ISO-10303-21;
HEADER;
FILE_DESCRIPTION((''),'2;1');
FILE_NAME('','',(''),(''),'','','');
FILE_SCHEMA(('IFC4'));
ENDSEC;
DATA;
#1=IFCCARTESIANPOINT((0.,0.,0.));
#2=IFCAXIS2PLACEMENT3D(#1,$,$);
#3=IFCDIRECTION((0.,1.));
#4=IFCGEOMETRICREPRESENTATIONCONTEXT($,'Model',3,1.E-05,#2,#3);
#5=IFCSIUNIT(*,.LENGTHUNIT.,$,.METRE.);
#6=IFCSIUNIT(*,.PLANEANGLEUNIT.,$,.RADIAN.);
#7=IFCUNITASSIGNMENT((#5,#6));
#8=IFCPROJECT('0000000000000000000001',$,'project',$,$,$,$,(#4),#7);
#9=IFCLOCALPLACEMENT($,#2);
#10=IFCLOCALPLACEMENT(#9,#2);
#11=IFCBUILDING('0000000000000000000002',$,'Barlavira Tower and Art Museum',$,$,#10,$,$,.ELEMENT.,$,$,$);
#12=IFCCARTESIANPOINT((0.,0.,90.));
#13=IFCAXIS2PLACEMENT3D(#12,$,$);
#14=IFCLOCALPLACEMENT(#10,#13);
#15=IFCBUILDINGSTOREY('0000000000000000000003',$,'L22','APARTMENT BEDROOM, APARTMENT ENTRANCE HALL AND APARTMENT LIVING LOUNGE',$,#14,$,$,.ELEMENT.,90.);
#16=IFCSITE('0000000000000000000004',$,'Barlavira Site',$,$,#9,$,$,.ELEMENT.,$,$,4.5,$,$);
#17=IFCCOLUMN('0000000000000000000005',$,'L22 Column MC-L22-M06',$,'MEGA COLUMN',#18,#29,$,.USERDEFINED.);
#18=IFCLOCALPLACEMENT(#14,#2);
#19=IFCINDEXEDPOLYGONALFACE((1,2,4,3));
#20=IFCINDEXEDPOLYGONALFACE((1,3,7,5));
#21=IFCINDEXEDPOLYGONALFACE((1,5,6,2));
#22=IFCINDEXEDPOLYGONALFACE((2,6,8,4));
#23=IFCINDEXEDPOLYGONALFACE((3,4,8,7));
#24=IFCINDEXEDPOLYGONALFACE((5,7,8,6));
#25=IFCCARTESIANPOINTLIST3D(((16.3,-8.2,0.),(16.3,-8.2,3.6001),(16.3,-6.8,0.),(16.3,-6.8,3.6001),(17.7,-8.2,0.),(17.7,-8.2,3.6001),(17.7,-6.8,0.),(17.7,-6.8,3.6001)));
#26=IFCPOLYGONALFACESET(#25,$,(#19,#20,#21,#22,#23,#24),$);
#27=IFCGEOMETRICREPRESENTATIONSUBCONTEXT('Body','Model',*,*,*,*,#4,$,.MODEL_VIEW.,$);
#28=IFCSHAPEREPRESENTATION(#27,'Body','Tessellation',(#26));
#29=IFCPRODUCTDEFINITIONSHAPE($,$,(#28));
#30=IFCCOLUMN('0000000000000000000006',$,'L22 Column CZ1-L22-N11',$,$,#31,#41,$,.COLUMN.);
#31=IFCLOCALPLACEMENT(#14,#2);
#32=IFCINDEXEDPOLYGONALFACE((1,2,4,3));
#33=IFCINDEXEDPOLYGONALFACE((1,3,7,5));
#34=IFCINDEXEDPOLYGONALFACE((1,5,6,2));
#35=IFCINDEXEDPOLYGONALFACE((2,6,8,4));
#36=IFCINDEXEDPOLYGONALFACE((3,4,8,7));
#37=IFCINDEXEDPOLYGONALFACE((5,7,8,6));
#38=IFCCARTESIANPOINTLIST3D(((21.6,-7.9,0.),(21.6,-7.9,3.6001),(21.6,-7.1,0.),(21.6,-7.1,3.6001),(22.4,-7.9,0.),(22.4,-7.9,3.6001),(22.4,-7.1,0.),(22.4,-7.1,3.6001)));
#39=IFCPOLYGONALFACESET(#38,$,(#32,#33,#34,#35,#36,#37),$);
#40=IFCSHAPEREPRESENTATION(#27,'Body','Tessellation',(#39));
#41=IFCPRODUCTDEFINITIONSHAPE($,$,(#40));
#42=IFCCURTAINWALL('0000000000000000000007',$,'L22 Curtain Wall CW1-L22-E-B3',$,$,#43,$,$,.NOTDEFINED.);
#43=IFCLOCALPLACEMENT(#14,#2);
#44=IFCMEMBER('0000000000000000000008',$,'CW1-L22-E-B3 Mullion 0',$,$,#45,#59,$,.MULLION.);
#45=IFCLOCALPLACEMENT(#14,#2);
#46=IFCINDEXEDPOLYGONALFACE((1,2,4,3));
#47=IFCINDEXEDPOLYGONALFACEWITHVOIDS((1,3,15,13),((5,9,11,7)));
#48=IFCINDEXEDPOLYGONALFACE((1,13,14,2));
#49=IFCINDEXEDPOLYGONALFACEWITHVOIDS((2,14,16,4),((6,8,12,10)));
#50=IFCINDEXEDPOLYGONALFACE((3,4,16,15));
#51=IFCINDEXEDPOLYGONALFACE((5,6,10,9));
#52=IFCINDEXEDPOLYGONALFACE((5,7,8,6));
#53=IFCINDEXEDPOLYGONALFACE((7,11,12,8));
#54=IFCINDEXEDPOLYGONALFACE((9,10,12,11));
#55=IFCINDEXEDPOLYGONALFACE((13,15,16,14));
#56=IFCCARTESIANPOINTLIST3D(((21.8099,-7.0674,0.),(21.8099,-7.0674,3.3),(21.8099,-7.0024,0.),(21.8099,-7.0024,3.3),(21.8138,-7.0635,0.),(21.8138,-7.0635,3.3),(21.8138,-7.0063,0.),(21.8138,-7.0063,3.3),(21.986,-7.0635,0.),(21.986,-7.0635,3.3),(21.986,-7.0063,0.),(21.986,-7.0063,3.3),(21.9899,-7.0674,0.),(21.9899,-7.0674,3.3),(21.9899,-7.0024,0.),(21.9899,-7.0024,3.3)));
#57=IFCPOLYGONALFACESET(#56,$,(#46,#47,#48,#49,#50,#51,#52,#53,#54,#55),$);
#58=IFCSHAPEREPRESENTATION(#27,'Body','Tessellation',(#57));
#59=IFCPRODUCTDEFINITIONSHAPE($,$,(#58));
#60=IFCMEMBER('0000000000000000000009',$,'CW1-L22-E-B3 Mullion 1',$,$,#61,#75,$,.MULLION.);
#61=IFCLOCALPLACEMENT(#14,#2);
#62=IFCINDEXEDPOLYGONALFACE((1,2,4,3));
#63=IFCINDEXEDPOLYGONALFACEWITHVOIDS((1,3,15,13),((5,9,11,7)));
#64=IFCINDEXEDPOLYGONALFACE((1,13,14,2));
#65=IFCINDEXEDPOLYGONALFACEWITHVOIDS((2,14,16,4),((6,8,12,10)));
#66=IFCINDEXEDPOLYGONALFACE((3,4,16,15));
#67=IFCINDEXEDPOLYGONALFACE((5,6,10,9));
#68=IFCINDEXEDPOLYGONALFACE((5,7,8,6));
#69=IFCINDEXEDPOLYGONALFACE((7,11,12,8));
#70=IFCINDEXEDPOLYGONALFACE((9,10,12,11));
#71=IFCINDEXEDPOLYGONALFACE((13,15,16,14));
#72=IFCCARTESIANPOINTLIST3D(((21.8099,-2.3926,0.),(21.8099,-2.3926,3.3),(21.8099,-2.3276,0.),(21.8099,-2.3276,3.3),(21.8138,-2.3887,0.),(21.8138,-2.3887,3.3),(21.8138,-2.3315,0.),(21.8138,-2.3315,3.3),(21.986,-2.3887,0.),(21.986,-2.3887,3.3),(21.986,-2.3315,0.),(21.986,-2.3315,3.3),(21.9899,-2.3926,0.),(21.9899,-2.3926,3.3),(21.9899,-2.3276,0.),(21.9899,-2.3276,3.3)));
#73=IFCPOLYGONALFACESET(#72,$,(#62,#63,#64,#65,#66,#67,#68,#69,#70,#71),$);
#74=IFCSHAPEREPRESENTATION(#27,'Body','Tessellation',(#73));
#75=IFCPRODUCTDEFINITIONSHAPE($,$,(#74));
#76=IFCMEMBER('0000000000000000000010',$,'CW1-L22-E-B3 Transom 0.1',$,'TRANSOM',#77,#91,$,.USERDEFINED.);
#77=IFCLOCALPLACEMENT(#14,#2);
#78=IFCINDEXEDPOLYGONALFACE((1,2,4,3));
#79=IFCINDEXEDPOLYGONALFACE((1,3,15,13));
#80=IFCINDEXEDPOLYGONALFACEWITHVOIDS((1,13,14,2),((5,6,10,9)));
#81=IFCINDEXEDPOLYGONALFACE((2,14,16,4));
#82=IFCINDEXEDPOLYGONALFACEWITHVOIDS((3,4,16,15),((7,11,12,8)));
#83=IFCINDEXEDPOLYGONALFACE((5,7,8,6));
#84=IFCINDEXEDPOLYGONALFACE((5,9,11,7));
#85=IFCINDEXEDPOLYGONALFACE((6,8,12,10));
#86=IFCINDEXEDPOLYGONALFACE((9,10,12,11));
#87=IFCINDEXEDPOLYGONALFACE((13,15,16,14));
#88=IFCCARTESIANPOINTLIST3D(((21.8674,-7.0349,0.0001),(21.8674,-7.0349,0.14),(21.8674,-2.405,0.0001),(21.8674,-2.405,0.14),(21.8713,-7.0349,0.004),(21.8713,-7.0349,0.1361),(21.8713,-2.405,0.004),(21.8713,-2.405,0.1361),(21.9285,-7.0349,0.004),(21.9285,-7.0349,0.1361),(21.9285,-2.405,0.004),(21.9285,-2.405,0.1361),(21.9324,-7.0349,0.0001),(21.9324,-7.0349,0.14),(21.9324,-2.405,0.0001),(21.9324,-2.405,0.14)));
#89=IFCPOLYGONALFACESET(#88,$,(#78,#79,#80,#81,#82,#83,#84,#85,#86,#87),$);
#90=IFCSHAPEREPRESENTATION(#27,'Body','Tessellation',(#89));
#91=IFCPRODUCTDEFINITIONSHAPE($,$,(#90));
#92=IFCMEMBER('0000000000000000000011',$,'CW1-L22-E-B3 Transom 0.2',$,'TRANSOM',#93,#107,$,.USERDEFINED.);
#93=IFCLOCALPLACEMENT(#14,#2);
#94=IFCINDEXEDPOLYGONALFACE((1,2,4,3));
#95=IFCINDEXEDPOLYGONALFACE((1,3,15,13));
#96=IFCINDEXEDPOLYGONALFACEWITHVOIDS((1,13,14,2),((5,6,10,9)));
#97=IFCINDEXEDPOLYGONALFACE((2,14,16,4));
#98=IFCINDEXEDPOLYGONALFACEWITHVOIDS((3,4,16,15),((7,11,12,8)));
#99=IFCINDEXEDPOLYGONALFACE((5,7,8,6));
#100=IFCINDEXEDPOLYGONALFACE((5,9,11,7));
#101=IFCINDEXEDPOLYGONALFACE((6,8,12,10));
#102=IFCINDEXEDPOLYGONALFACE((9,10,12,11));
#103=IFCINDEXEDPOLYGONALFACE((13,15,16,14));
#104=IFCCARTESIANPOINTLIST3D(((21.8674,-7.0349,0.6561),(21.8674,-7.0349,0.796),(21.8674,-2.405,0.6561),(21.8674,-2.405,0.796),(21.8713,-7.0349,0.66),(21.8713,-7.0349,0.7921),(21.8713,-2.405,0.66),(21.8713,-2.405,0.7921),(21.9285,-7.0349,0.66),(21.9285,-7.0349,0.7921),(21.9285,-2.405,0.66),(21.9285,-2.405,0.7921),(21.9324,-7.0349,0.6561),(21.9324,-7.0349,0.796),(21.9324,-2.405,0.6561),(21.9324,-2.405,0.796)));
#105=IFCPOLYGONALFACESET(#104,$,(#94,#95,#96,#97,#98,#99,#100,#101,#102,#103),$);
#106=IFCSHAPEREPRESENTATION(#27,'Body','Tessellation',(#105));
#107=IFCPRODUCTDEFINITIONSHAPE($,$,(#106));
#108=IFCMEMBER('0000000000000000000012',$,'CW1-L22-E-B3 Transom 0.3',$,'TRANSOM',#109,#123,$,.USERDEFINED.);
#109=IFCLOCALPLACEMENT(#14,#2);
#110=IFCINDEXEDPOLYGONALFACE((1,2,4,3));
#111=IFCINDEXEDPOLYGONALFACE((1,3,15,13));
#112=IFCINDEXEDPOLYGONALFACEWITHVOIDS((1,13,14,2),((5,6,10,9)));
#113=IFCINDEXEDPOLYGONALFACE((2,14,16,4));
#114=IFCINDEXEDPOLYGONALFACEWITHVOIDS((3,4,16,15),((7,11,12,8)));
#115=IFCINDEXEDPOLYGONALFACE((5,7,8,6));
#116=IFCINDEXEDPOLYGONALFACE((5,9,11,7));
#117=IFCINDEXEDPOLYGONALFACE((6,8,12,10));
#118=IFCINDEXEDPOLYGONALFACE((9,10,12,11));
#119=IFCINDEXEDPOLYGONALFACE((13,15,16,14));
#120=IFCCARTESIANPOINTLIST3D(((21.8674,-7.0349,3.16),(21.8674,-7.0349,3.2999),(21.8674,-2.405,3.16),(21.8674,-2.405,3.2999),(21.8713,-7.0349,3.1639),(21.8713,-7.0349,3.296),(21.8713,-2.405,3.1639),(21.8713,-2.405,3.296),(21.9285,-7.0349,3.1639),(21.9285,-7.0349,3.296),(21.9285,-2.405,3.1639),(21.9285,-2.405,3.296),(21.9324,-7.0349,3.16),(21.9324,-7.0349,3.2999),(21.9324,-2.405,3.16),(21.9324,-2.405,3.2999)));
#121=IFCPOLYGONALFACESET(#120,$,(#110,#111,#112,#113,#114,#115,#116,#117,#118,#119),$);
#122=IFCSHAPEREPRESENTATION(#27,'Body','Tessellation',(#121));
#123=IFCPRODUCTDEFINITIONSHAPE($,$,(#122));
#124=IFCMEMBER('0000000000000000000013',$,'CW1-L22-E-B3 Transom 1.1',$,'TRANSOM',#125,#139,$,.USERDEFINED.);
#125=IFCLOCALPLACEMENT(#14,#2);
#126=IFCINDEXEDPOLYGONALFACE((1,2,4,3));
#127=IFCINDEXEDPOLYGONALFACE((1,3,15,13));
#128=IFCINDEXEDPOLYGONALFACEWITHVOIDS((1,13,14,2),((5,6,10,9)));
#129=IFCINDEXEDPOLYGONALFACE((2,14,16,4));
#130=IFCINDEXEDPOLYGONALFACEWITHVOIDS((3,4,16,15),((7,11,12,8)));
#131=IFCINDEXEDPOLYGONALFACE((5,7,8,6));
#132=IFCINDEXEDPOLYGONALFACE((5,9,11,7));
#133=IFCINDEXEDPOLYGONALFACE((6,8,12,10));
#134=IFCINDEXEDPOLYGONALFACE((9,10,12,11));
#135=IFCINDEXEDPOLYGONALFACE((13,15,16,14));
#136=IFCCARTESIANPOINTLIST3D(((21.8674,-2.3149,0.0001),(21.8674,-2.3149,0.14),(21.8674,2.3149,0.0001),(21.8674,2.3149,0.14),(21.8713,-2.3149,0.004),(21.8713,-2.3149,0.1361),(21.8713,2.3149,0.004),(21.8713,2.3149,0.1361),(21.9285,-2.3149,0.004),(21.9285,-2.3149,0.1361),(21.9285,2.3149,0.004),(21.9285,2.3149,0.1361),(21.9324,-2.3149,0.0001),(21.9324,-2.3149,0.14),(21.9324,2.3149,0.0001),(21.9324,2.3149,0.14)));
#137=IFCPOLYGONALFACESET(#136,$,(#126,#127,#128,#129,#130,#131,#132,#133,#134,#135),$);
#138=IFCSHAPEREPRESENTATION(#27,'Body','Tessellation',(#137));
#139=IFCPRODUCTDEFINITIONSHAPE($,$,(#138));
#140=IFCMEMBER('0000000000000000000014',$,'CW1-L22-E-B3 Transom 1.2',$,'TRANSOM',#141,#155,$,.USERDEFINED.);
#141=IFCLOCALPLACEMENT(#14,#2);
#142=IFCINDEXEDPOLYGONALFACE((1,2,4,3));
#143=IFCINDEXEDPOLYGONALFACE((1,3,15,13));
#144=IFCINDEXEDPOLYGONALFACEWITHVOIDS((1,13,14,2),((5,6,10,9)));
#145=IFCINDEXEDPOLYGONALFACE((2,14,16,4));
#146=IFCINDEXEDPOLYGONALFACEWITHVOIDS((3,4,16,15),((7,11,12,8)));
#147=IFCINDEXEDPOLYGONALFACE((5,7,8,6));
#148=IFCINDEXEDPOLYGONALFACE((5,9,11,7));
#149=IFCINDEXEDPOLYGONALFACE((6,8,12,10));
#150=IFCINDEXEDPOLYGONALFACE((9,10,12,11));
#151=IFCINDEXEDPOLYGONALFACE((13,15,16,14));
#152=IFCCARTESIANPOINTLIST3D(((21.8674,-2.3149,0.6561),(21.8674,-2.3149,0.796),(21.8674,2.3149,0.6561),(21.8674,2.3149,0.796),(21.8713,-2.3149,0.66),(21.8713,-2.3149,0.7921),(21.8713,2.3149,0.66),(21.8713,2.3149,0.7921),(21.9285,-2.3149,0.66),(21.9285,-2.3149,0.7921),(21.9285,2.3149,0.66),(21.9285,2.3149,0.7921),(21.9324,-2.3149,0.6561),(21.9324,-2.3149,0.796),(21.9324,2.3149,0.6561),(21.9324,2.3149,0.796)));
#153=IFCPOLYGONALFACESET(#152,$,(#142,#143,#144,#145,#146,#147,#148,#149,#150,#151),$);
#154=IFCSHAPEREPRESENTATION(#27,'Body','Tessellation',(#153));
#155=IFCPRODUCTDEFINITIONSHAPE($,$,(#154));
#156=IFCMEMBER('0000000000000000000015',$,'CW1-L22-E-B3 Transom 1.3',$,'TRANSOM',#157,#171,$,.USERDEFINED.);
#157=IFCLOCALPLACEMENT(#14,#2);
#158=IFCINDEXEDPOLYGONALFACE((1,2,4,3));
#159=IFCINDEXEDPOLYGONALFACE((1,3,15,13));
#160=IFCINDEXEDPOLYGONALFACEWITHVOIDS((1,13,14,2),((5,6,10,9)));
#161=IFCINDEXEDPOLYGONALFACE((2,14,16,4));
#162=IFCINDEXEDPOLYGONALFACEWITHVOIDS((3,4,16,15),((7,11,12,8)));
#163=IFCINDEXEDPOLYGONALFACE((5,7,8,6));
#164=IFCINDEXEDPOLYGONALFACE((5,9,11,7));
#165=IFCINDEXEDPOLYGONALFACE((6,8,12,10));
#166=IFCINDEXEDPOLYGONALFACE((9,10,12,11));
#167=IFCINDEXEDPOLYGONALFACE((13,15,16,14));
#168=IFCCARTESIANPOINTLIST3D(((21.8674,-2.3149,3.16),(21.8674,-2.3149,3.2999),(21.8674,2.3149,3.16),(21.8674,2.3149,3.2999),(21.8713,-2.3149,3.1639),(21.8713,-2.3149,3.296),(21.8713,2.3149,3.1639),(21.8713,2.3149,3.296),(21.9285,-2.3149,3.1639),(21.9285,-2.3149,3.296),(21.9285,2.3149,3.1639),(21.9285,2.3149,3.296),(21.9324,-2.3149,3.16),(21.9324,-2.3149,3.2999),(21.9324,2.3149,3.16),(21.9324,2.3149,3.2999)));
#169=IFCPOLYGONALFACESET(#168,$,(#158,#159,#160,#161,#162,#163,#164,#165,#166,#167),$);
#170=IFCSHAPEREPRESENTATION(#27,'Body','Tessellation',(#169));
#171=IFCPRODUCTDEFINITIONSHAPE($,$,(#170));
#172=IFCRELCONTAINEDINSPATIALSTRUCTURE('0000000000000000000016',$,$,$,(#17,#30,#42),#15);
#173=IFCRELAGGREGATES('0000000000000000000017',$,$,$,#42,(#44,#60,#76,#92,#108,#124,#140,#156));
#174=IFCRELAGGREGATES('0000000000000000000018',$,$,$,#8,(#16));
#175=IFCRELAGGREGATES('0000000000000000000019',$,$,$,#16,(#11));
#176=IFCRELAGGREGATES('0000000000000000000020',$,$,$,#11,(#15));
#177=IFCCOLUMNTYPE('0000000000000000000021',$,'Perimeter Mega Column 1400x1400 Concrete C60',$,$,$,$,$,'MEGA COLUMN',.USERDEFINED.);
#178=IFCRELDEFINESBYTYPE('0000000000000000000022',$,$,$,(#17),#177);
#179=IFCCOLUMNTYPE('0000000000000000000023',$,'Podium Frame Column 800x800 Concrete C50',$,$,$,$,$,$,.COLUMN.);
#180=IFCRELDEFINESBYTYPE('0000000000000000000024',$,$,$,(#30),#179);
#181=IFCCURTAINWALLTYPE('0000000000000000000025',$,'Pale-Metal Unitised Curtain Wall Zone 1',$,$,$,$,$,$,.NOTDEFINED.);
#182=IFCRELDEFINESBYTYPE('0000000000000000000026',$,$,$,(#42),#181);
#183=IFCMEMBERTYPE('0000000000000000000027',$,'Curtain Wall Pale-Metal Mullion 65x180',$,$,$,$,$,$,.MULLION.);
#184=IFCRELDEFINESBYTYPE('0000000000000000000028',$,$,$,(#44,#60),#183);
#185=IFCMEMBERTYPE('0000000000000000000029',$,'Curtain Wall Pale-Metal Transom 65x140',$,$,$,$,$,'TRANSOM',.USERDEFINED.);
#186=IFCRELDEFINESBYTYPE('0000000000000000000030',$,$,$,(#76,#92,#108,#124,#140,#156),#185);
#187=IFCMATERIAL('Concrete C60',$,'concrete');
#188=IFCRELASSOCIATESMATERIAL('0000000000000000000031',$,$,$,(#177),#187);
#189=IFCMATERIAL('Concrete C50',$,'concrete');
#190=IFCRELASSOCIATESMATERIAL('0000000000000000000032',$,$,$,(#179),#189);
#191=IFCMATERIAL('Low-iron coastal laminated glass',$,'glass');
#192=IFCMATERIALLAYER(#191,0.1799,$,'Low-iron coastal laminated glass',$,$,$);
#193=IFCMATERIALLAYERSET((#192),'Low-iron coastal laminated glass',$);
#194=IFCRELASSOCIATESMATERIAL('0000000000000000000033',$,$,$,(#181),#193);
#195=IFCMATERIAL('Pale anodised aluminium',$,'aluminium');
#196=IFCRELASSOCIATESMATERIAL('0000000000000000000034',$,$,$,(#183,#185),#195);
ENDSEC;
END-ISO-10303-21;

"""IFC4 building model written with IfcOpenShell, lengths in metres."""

from ifc_helpers import new_model, si_unit, direction, frame, origin, origin_2d, place, context, subcontext, project, spatial, rectangle, hollow_rectangle, extrude, material, layer, layer_set, material_profile, profile_set, type_object, element, aggregate, save


model = new_model("IFC4")

# Units and contexts
model_context = context("Model", 3, precision=1e-05, world=origin(), true_north=direction((0.0, 1.0)))
body_context = subcontext(model_context, "Body", "Model", "MODEL_VIEW")
ifc_project = project(units=[si_unit("LENGTHUNIT", "METRE"), si_unit("PLANEANGLEUNIT", "RADIAN")], contexts=[model_context])

# Site, building, storey
site_placement = place(None, origin())
site = spatial("IfcSite", under=ifc_project, at=site_placement, Name="Barlavira Site", CompositionType="ELEMENT", RefElevation=4.5)
building_placement = place(site_placement, origin())
building = spatial("IfcBuilding", under=site, at=building_placement, Name="Barlavira Tower and Art Museum", CompositionType="ELEMENT")
storey_placement = place(building_placement, frame((0.0, 0.0, 90.0)))
storey = spatial("IfcBuildingStorey", under=building, at=storey_placement, Name="L22", Description="APARTMENT BEDROOM, APARTMENT ENTRANCE HALL AND APARTMENT LIVING LOUNGE", CompositionType="ELEMENT", Elevation=90.0)

# Columns
ifc_material_1 = material(Name="Concrete C60", Category="concrete")
ifc_material_profile_1 = material_profile(ifc_material_1, rectangle(XDim=1.3999, YDim=1.3999, at=origin_2d()), Name="RC-MCOL 1400x1400")
ifc_profile_set_1 = profile_set([ifc_material_profile_1], Name="Concrete C60")
column_type_1 = type_object("IfcColumnType", Name="Perimeter Mega Column 1400x1400 Concrete C60", ElementType="MEGA COLUMN", PredefinedType="USERDEFINED", material=ifc_profile_set_1)
column_1_placement = place(storey_placement, frame((17.0, -7.5, 0.0), z_axis=(0.0, 0.0, 1.0), x_axis=(1.0, 0.0, 0.0)))
element("IfcColumn", 1, at=column_1_placement, inside=storey, type_object=column_type_1, Name="L22 Column MC-L22-M06", ObjectType="MEGA COLUMN", PredefinedType="USERDEFINED", context=body_context, shape_type="SweptSolid", body=[
    extrude(rectangle(XDim=1.3999, YDim=1.3999, at=origin_2d()), origin(), (0.0, 0.0, 1.0), 3.6001),
])
ifc_material_2 = material(Name="Concrete C50", Category="concrete")
ifc_material_profile_2 = material_profile(ifc_material_2, rectangle(XDim=0.8, YDim=0.8, at=origin_2d()), Name="RC-COL 800x800")
ifc_profile_set_2 = profile_set([ifc_material_profile_2], Name="Concrete C50")
column_type_2 = type_object("IfcColumnType", Name="Podium Frame Column 800x800 Concrete C50", PredefinedType="COLUMN", material=ifc_profile_set_2)
column_2_placement = place(storey_placement, frame((22.0, -7.5, 0.0), z_axis=(0.0, 0.0, 1.0), x_axis=(1.0, 0.0, 0.0)))
element("IfcColumn", 2, at=column_2_placement, inside=storey, type_object=column_type_2, Name="L22 Column CZ1-L22-N11", PredefinedType="COLUMN", context=body_context, shape_type="SweptSolid", body=[
    extrude(rectangle(XDim=0.8, YDim=0.8, at=origin_2d()), origin(), (0.0, 0.0, 1.0), 3.6001),
])

# Curtain wall, members
ifc_material_3 = material(Name="Low-iron coastal laminated glass", Category="glass")
ifc_layer_1 = layer(ifc_material_3, 0.1799, Name="Low-iron coastal laminated glass")
ifc_layer_set_1 = layer_set([ifc_layer_1], Name="Low-iron coastal laminated glass")
curtain_wall_type = type_object("IfcCurtainWallType", Name="Pale-Metal Unitised Curtain Wall Zone 1", PredefinedType="NOTDEFINED", material=ifc_layer_set_1)
curtain_wall_placement = place(storey_placement, origin())
curtain_wall = element("IfcCurtainWall", 3, at=curtain_wall_placement, inside=storey, type_object=curtain_wall_type, Name="L22 Curtain Wall CW1-L22-E-B3", PredefinedType="NOTDEFINED")
ifc_material_4 = material(Name="Pale anodised aluminium", Category="aluminium")
ifc_material_profile_3 = material_profile(ifc_material_4, hollow_rectangle(XDim=0.0649, YDim=0.1799, WallThickness=0.0039, at=origin_2d()), Name="ALU-MULL 65x180x4")
ifc_profile_set_3 = profile_set([ifc_material_profile_3], Name="Pale anodised aluminium")
member_type_1 = type_object("IfcMemberType", Name="Curtain Wall Pale-Metal Mullion 65x180", PredefinedType="MULLION", material=ifc_profile_set_3)
member_1_placement = place(storey_placement, frame((21.8999, -7.0349, 0.0), z_axis=(0.0, 0.0, 1.0), x_axis=(0.0, 1.0, 0.0)))
member_1 = element("IfcMember", 4, at=member_1_placement, type_object=member_type_1, Name="CW1-L22-E-B3 Mullion 0", PredefinedType="MULLION", context=body_context, shape_type="SweptSolid", body=[
    extrude(hollow_rectangle(XDim=0.0649, YDim=0.1799, WallThickness=0.0039, at=origin_2d()), origin(), (0.0, 0.0, 1.0), 3.3),
])
member_2_placement = place(storey_placement, frame((21.8999, -2.3601, 0.0), z_axis=(0.0, 0.0, 1.0), x_axis=(0.0, 1.0, 0.0)))
member_2 = element("IfcMember", 5, at=member_2_placement, type_object=member_type_1, Name="CW1-L22-E-B3 Mullion 1", PredefinedType="MULLION", context=body_context, shape_type="SweptSolid", body=[
    extrude(hollow_rectangle(XDim=0.0649, YDim=0.1799, WallThickness=0.0039, at=origin_2d()), origin(), (0.0, 0.0, 1.0), 3.3),
])
ifc_material_profile_4 = material_profile(ifc_material_4, hollow_rectangle(XDim=0.0649, YDim=0.1399, WallThickness=0.0039, at=origin_2d()), Name="ALU-TRAN 65x140x4")
ifc_profile_set_4 = profile_set([ifc_material_profile_4], Name="Pale anodised aluminium")
member_type_2 = type_object("IfcMemberType", Name="Curtain Wall Pale-Metal Transom 65x140", ElementType="TRANSOM", PredefinedType="USERDEFINED", material=ifc_profile_set_4)
member_3_placement = place(storey_placement, frame((21.8999, -7.0349, 0.0701), z_axis=(0.0, 1.0, 0.0), x_axis=(-1.0, 0.0, 0.0)))
member_3 = element("IfcMember", 6, at=member_3_placement, type_object=member_type_2, Name="CW1-L22-E-B3 Transom 0.1", ObjectType="TRANSOM", PredefinedType="USERDEFINED", context=body_context, shape_type="SweptSolid", body=[
    extrude(hollow_rectangle(XDim=0.0649, YDim=0.1399, WallThickness=0.0039, at=origin_2d()), origin(), (0.0, 0.0, 1.0), 4.6299),
])
member_4_placement = place(storey_placement, frame((21.8999, -7.0349, 0.7261), z_axis=(0.0, 1.0, 0.0), x_axis=(-1.0, 0.0, 0.0)))
member_4 = element("IfcMember", 7, at=member_4_placement, type_object=member_type_2, Name="CW1-L22-E-B3 Transom 0.2", ObjectType="TRANSOM", PredefinedType="USERDEFINED", context=body_context, shape_type="SweptSolid", body=[
    extrude(hollow_rectangle(XDim=0.0649, YDim=0.1399, WallThickness=0.0039, at=origin_2d()), origin(), (0.0, 0.0, 1.0), 4.6299),
])
member_5_placement = place(storey_placement, frame((21.8999, -7.0349, 3.23), z_axis=(0.0, 1.0, 0.0), x_axis=(-1.0, 0.0, 0.0)))
member_5 = element("IfcMember", 8, at=member_5_placement, type_object=member_type_2, Name="CW1-L22-E-B3 Transom 0.3", ObjectType="TRANSOM", PredefinedType="USERDEFINED", context=body_context, shape_type="SweptSolid", body=[
    extrude(hollow_rectangle(XDim=0.0649, YDim=0.1399, WallThickness=0.0039, at=origin_2d()), origin(), (0.0, 0.0, 1.0), 4.6299),
])
member_6_placement = place(storey_placement, frame((21.8999, -2.3149, 0.0701), z_axis=(0.0, 1.0, 0.0), x_axis=(-1.0, 0.0, 0.0)))
member_6 = element("IfcMember", 9, at=member_6_placement, type_object=member_type_2, Name="CW1-L22-E-B3 Transom 1.1", ObjectType="TRANSOM", PredefinedType="USERDEFINED", context=body_context, shape_type="SweptSolid", body=[
    extrude(hollow_rectangle(XDim=0.0649, YDim=0.1399, WallThickness=0.0039, at=origin_2d()), origin(), (0.0, 0.0, 1.0), 4.6299),
])
member_7_placement = place(storey_placement, frame((21.8999, -2.3149, 0.7261), z_axis=(0.0, 1.0, 0.0), x_axis=(-1.0, 0.0, 0.0)))
member_7 = element("IfcMember", 10, at=member_7_placement, type_object=member_type_2, Name="CW1-L22-E-B3 Transom 1.2", ObjectType="TRANSOM", PredefinedType="USERDEFINED", context=body_context, shape_type="SweptSolid", body=[
    extrude(hollow_rectangle(XDim=0.0649, YDim=0.1399, WallThickness=0.0039, at=origin_2d()), origin(), (0.0, 0.0, 1.0), 4.6299),
])
member_8_placement = place(storey_placement, frame((21.8999, -2.3149, 3.23), z_axis=(0.0, 1.0, 0.0), x_axis=(-1.0, 0.0, 0.0)))
member_8 = element("IfcMember", 11, at=member_8_placement, type_object=member_type_2, Name="CW1-L22-E-B3 Transom 1.3", ObjectType="TRANSOM", PredefinedType="USERDEFINED", context=body_context, shape_type="SweptSolid", body=[
    extrude(hollow_rectangle(XDim=0.0649, YDim=0.1399, WallThickness=0.0039, at=origin_2d()), origin(), (0.0, 0.0, 1.0), 4.6299),
])

aggregate(curtain_wall, [member_1, member_2, member_3, member_4, member_5, member_6, member_7, member_8])

save(model, "model.ifc")
